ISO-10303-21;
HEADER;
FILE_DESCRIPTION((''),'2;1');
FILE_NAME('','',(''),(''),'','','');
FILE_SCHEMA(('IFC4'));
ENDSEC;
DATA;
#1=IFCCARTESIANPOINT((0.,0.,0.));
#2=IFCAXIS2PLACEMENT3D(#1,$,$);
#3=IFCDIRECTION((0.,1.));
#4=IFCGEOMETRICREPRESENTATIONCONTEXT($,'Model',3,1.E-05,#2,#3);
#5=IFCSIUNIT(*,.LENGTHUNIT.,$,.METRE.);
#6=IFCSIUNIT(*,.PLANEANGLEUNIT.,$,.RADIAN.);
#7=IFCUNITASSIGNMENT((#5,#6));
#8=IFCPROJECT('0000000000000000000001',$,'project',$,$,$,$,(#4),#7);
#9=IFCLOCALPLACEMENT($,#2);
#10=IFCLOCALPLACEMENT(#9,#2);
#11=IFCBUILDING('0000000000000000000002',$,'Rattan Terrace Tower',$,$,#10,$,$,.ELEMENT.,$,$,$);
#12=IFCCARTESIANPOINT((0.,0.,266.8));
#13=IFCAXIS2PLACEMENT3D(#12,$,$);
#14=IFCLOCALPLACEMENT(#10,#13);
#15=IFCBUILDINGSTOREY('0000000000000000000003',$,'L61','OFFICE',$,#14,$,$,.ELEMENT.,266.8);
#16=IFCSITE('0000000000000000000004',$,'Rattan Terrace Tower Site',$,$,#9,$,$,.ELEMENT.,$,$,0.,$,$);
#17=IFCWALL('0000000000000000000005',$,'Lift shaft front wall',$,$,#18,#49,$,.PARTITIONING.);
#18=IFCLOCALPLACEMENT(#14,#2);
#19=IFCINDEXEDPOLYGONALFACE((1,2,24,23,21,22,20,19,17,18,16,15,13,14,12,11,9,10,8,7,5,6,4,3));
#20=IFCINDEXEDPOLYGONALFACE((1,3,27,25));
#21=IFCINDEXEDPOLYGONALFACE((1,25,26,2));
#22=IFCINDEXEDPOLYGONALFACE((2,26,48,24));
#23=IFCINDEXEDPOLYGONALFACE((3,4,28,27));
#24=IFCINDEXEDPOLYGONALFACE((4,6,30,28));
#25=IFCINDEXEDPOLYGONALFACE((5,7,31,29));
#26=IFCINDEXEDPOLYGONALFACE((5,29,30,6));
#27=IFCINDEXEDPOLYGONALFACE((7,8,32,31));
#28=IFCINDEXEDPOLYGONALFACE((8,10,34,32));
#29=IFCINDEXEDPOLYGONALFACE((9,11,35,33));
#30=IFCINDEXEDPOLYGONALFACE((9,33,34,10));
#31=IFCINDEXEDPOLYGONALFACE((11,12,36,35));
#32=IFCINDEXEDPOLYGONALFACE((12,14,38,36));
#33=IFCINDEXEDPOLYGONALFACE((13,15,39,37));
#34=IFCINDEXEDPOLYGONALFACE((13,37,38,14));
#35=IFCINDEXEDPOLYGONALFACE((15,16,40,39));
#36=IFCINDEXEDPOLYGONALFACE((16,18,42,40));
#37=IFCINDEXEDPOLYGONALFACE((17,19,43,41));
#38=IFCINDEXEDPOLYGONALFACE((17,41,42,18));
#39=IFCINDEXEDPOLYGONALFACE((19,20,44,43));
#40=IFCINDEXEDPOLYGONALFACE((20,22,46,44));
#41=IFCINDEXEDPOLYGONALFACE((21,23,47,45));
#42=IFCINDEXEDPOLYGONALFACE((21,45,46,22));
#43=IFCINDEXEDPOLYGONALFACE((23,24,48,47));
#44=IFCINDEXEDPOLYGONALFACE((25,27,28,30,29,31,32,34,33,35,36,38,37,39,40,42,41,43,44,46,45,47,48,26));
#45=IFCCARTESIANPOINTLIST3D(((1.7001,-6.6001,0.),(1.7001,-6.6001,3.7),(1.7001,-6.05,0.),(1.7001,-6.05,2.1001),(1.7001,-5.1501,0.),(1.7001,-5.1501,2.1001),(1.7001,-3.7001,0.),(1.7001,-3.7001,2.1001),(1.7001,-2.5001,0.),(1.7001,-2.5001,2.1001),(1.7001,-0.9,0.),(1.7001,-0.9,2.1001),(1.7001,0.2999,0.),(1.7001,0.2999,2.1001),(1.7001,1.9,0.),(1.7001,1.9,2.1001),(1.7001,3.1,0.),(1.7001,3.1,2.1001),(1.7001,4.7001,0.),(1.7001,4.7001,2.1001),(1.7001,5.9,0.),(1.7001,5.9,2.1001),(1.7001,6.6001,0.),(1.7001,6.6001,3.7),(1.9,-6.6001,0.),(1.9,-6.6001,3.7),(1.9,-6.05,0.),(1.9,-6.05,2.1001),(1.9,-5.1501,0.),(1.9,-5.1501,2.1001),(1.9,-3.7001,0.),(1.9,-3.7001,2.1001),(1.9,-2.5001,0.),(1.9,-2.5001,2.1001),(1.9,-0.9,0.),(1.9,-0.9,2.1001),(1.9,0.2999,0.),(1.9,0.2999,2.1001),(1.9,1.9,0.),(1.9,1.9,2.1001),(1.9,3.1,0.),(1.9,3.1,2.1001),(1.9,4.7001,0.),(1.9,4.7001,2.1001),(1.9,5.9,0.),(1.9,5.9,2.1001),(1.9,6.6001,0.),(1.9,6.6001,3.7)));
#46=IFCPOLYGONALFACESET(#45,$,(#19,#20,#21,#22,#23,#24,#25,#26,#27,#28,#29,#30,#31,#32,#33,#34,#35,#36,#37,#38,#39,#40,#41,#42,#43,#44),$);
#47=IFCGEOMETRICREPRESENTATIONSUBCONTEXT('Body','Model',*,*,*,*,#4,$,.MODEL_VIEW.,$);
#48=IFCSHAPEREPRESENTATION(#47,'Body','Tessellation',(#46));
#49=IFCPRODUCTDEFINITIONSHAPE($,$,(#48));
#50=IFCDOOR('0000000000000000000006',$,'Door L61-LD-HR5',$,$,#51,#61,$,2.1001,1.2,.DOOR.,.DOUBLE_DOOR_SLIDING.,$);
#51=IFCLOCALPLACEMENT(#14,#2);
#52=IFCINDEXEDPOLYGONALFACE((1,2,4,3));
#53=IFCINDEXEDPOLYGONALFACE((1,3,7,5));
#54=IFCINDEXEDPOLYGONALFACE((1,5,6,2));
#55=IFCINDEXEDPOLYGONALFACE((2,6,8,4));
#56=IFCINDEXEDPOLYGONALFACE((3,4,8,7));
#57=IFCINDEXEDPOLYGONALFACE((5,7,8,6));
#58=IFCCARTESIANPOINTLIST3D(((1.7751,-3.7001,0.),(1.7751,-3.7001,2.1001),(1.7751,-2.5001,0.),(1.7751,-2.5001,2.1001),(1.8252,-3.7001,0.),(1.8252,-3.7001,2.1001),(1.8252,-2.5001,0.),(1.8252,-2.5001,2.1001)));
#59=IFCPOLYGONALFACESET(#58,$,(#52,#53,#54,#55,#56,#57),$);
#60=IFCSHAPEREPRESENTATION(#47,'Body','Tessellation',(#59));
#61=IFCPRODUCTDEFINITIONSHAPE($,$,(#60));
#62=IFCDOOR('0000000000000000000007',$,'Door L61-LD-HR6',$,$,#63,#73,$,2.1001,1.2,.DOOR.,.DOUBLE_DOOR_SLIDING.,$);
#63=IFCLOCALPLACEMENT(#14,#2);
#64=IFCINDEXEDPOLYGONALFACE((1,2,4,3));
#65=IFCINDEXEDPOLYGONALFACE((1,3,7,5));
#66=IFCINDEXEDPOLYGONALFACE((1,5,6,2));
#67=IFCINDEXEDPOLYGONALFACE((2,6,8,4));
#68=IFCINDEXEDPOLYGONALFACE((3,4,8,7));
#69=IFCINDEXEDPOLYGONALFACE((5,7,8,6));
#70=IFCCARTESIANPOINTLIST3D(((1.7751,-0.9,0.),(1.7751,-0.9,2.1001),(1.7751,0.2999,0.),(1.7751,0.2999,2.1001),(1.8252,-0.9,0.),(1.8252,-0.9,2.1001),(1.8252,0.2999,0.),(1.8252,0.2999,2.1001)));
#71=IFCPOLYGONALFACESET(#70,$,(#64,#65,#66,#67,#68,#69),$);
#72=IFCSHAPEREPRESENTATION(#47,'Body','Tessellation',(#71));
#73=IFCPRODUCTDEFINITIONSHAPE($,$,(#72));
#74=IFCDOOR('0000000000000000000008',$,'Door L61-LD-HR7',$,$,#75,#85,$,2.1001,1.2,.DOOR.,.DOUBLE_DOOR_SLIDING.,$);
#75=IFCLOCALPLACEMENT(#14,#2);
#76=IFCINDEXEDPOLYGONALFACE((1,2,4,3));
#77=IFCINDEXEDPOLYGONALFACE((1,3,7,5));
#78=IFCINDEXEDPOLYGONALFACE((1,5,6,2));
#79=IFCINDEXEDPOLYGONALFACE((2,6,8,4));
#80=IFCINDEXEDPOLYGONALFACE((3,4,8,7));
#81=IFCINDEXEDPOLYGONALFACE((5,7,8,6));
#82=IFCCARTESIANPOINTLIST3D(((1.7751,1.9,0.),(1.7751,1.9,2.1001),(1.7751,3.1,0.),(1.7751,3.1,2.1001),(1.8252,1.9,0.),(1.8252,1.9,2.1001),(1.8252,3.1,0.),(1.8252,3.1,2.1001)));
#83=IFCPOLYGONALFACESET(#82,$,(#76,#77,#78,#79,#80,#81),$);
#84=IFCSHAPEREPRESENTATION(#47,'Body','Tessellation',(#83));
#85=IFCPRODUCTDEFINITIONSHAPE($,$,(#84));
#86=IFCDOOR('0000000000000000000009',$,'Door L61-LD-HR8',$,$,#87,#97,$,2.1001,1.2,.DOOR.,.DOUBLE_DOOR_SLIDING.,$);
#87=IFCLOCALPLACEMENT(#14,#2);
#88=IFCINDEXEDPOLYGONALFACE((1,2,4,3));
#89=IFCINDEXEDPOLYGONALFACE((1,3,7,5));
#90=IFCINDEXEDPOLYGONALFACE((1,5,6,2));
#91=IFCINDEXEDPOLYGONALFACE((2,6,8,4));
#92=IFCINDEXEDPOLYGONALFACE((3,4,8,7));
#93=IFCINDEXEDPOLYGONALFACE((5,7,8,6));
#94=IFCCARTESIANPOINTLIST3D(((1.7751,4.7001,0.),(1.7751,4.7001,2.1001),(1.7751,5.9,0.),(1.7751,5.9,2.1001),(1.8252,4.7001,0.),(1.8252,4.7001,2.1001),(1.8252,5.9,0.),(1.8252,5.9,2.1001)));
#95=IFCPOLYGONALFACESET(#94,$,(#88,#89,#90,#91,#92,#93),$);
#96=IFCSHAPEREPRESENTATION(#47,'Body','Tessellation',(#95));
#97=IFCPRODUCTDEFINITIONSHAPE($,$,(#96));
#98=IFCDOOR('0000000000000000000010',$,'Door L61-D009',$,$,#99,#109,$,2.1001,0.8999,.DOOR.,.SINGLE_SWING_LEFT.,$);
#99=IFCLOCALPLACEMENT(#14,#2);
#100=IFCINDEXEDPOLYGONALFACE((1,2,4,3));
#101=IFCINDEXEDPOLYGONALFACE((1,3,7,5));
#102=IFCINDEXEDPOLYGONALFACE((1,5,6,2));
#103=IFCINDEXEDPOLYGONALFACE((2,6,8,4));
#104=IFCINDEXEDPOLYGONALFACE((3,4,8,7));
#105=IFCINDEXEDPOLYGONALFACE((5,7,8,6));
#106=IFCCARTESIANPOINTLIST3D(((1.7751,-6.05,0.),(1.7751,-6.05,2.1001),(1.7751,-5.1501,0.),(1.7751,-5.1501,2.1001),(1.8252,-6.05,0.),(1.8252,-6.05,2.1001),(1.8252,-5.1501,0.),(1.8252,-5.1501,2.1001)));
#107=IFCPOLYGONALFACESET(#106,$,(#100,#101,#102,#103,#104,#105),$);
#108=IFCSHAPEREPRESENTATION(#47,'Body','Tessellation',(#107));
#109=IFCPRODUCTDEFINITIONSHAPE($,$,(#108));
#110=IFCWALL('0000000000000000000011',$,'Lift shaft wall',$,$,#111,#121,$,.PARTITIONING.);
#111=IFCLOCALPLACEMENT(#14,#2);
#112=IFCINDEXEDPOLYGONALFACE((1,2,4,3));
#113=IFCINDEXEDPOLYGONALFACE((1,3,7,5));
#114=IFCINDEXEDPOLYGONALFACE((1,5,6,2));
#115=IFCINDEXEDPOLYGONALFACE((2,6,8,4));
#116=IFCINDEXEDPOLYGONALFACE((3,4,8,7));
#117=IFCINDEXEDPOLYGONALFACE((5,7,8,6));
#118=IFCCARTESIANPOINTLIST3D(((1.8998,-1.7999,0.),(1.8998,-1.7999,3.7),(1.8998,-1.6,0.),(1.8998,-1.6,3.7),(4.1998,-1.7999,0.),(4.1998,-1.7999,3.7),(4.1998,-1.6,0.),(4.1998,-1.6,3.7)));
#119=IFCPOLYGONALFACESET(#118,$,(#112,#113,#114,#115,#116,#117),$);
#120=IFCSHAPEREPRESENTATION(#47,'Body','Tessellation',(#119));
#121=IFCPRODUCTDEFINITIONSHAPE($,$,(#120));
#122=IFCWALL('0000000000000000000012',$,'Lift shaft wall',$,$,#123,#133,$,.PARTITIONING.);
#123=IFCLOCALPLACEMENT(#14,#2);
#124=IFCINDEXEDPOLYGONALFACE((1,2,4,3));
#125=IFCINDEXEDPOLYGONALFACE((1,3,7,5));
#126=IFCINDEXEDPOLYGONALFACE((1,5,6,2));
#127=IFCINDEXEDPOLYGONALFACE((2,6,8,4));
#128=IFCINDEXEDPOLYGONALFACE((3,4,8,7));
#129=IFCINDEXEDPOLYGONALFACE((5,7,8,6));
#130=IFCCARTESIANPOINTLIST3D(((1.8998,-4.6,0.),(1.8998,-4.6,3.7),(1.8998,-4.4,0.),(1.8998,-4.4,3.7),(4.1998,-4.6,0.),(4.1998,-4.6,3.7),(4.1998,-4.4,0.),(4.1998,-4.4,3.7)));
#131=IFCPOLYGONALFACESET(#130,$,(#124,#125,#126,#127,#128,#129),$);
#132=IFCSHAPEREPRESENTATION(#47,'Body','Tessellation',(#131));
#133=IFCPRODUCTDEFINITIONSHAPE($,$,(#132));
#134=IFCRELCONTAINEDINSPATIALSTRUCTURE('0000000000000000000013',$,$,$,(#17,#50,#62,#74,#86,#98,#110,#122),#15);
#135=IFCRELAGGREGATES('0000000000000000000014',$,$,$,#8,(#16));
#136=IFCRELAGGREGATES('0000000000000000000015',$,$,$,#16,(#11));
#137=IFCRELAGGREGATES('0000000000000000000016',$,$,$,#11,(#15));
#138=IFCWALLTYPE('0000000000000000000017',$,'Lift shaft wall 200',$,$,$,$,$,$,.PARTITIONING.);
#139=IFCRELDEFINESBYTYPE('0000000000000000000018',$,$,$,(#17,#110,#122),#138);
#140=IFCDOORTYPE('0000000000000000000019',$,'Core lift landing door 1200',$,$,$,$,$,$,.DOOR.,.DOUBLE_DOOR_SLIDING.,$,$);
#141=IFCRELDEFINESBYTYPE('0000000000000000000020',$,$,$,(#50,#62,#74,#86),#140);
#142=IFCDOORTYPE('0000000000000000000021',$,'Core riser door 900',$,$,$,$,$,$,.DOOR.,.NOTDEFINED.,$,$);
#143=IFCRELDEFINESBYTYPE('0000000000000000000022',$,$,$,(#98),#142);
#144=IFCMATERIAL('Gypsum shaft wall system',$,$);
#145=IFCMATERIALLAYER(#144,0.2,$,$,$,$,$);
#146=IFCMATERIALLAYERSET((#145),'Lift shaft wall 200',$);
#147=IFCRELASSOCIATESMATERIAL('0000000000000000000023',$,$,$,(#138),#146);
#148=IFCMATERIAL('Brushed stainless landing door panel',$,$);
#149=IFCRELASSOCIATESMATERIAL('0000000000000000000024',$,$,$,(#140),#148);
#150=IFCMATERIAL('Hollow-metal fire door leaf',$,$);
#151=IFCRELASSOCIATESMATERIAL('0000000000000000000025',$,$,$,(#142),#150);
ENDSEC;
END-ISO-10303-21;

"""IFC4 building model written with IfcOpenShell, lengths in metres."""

from ifc_helpers import new_model, si_unit, direction, frame, frame_2d, origin, place, context, subcontext, project, spatial, rectangle, extrude, material, layer, layer_set, type_object, element, fill, save


model = new_model("IFC4")

# Units and contexts
model_context = context("Model", 3, precision=1e-05, world=origin(), true_north=direction((0.0, 1.0)))
body_context = subcontext(model_context, "Body", "Model", "MODEL_VIEW")
ifc_project = project(units=[si_unit("LENGTHUNIT", "METRE"), si_unit("PLANEANGLEUNIT", "RADIAN")], contexts=[model_context])

# Site, building, storey
site_placement = place(None, origin())
site = spatial("IfcSite", under=ifc_project, at=site_placement, Name="Rattan Terrace Tower Site", CompositionType="ELEMENT", RefElevation=0.0)
building_placement = place(site_placement, origin())
building = spatial("IfcBuilding", under=site, at=building_placement, Name="Rattan Terrace Tower", CompositionType="ELEMENT")
storey_placement = place(building_placement, frame((0.0, 0.0, 266.8)))
storey = spatial("IfcBuildingStorey", under=building, at=storey_placement, Name="L61", Description="OFFICE", CompositionType="ELEMENT", Elevation=266.8)

# Wall, openings, doors
ifc_material_1 = material(Name="Gypsum shaft wall system")
ifc_layer_1 = layer(ifc_material_1, 0.2)
ifc_layer_set_1 = layer_set([ifc_layer_1], Name="Lift shaft wall 200")
wall_type_1 = type_object("IfcWallType", Name="Lift shaft wall 200", PredefinedType="PARTITIONING", material=ifc_layer_set_1)
wall_1_placement = place(storey_placement, frame((1.8, -6.6001, 0.0), z_axis=(0.0, 0.0, 1.0), x_axis=(0.0, 1.0, 0.0)))
wall_1 = element("IfcWall", 1, at=wall_1_placement, inside=storey, type_object=wall_type_1, Name="Lift shaft front wall", PredefinedType="PARTITIONING", context=body_context, shape_type="SweptSolid", body=[
    extrude(rectangle(XDim=13.2002, YDim=0.2, at=frame_2d((6.6001, 0.0))), origin(), (0.0, 0.0, 1.0), 3.7),
])
opening_1_placement = place(wall_1_placement, frame((0.55, 0.0, 0.0)))
opening_1 = element("IfcOpeningElement", 2, at=opening_1_placement, cuts=wall_1, PredefinedType="OPENING", context=body_context, shape_type="SweptSolid", body=[
    extrude(rectangle(XDim=0.8999, YDim=2.1001, at=frame_2d((0.45, 1.05))), frame((0.0, 0.1106, 0.0), z_axis=(0.0, -1.0, 0.0), x_axis=(1.0, 0.0, 0.0)), (0.0, 0.0, 1.0), 0.2209),
])
opening_2_placement = place(wall_1_placement, frame((2.8999, 0.0, 0.0)))
opening_2 = element("IfcOpeningElement", 3, at=opening_2_placement, cuts=wall_1, PredefinedType="OPENING", context=body_context, shape_type="SweptSolid", body=[
    extrude(rectangle(XDim=1.2, YDim=2.1001, at=frame_2d((0.6001, 1.05))), frame((0.0, 0.1106, 0.0), z_axis=(0.0, -1.0, 0.0), x_axis=(1.0, 0.0, 0.0)), (0.0, 0.0, 1.0), 0.2209),
])
opening_3_placement = place(wall_1_placement, frame((5.7, 0.0, 0.0)))
opening_3 = element("IfcOpeningElement", 4, at=opening_3_placement, cuts=wall_1, PredefinedType="OPENING", context=body_context, shape_type="SweptSolid", body=[
    extrude(rectangle(XDim=1.2, YDim=2.1001, at=frame_2d((0.6001, 1.05))), frame((0.0, 0.1106, 0.0), z_axis=(0.0, -1.0, 0.0), x_axis=(1.0, 0.0, 0.0)), (0.0, 0.0, 1.0), 0.2209),
])
opening_4_placement = place(wall_1_placement, frame((8.5, 0.0, 0.0)))
opening_4 = element("IfcOpeningElement", 5, at=opening_4_placement, cuts=wall_1, PredefinedType="OPENING", context=body_context, shape_type="SweptSolid", body=[
    extrude(rectangle(XDim=1.2, YDim=2.1001, at=frame_2d((0.6001, 1.05))), frame((0.0, 0.1106, 0.0), z_axis=(0.0, -1.0, 0.0), x_axis=(1.0, 0.0, 0.0)), (0.0, 0.0, 1.0), 0.2209),
])
opening_5_placement = place(wall_1_placement, frame((11.3, 0.0, 0.0)))
opening_5 = element("IfcOpeningElement", 6, at=opening_5_placement, cuts=wall_1, PredefinedType="OPENING", context=body_context, shape_type="SweptSolid", body=[
    extrude(rectangle(XDim=1.2, YDim=2.1001, at=frame_2d((0.6001, 1.05))), frame((0.0, 0.1106, 0.0), z_axis=(0.0, -1.0, 0.0), x_axis=(1.0, 0.0, 0.0)), (0.0, 0.0, 1.0), 0.2209),
])
ifc_material_2 = material(Name="Brushed stainless landing door panel")
door_type_1 = type_object("IfcDoorType", Name="Core lift landing door 1200", OperationType="DOUBLE_DOOR_SLIDING", PredefinedType="DOOR", material=ifc_material_2)
door_1_placement = place(opening_2_placement, origin())
door_1 = element("IfcDoor", 7, at=door_1_placement, inside=storey, type_object=door_type_1, Name="Door L61-LD-HR5", OperationType="DOUBLE_DOOR_SLIDING", OverallHeight=2.1001, OverallWidth=1.2, PredefinedType="DOOR", context=body_context, shape_type="SweptSolid", body=[
    extrude(rectangle(XDim=1.2, YDim=2.1001, at=frame_2d((0.6001, 1.05))), frame((0.0, 0.0249, 0.0), z_axis=(0.0, -1.0, 0.0), x_axis=(1.0, 0.0, 0.0)), (0.0, 0.0, 1.0), 0.05),
])
fill(opening_2, door_1)
door_2_placement = place(opening_3_placement, origin())
door_2 = element("IfcDoor", 8, at=door_2_placement, inside=storey, type_object=door_type_1, Name="Door L61-LD-HR6", OperationType="DOUBLE_DOOR_SLIDING", OverallHeight=2.1001, OverallWidth=1.2, PredefinedType="DOOR", context=body_context, shape_type="SweptSolid", body=[
    extrude(rectangle(XDim=1.2, YDim=2.1001, at=frame_2d((0.6001, 1.05))), frame((0.0, 0.0249, 0.0), z_axis=(0.0, -1.0, 0.0), x_axis=(1.0, 0.0, 0.0)), (0.0, 0.0, 1.0), 0.05),
])
fill(opening_3, door_2)
door_3_placement = place(opening_4_placement, origin())
door_3 = element("IfcDoor", 9, at=door_3_placement, inside=storey, type_object=door_type_1, Name="Door L61-LD-HR7", OperationType="DOUBLE_DOOR_SLIDING", OverallHeight=2.1001, OverallWidth=1.2, PredefinedType="DOOR", context=body_context, shape_type="SweptSolid", body=[
    extrude(rectangle(XDim=1.2, YDim=2.1001, at=frame_2d((0.6001, 1.05))), frame((0.0, 0.0249, 0.0), z_axis=(0.0, -1.0, 0.0), x_axis=(1.0, 0.0, 0.0)), (0.0, 0.0, 1.0), 0.05),
])
fill(opening_4, door_3)
door_4_placement = place(opening_5_placement, origin())
door_4 = element("IfcDoor", 10, at=door_4_placement, inside=storey, type_object=door_type_1, Name="Door L61-LD-HR8", OperationType="DOUBLE_DOOR_SLIDING", OverallHeight=2.1001, OverallWidth=1.2, PredefinedType="DOOR", context=body_context, shape_type="SweptSolid", body=[
    extrude(rectangle(XDim=1.2, YDim=2.1001, at=frame_2d((0.6001, 1.05))), frame((0.0, 0.0249, 0.0), z_axis=(0.0, -1.0, 0.0), x_axis=(1.0, 0.0, 0.0)), (0.0, 0.0, 1.0), 0.05),
])
fill(opening_5, door_4)
ifc_material_3 = material(Name="Hollow-metal fire door leaf")
door_type_2 = type_object("IfcDoorType", Name="Core riser door 900", OperationType="NOTDEFINED", PredefinedType="DOOR", material=ifc_material_3)
door_5_placement = place(opening_1_placement, origin())
door_5 = element("IfcDoor", 11, at=door_5_placement, inside=storey, type_object=door_type_2, Name="Door L61-D009", OperationType="SINGLE_SWING_LEFT", OverallHeight=2.1001, OverallWidth=0.8999, PredefinedType="DOOR", context=body_context, shape_type="SweptSolid", body=[
    extrude(rectangle(XDim=0.8999, YDim=2.1001, at=frame_2d((0.45, 1.05))), frame((0.0, 0.0249, 0.0), z_axis=(0.0, -1.0, 0.0), x_axis=(1.0, 0.0, 0.0)), (0.0, 0.0, 1.0), 0.05),
])
fill(opening_1, door_5)

# Walls
for number, where, z_axis, x_axis, name in (
    (12, (1.8999, -1.7, 0.0), (0.0, 0.0, 1.0), (1.0, 0.0, 0.0), "Lift shaft wall"),
    (13, (1.8999, -4.5, 0.0), (0.0, 0.0, 1.0), (1.0, 0.0, 0.0), "Lift shaft wall"),
):
    element("IfcWall", number, at=place(storey_placement, frame(where, z_axis=z_axis, x_axis=x_axis)), inside=storey, type_object=wall_type_1, Name=name, PredefinedType="PARTITIONING", context=body_context, shape_type="SweptSolid", body=[
        extrude(rectangle(XDim=2.3, YDim=0.2, at=frame_2d((1.1499, 0.0))), origin(), (0.0, 0.0, 1.0), 3.7),
    ])

save(model, "model.ifc")
